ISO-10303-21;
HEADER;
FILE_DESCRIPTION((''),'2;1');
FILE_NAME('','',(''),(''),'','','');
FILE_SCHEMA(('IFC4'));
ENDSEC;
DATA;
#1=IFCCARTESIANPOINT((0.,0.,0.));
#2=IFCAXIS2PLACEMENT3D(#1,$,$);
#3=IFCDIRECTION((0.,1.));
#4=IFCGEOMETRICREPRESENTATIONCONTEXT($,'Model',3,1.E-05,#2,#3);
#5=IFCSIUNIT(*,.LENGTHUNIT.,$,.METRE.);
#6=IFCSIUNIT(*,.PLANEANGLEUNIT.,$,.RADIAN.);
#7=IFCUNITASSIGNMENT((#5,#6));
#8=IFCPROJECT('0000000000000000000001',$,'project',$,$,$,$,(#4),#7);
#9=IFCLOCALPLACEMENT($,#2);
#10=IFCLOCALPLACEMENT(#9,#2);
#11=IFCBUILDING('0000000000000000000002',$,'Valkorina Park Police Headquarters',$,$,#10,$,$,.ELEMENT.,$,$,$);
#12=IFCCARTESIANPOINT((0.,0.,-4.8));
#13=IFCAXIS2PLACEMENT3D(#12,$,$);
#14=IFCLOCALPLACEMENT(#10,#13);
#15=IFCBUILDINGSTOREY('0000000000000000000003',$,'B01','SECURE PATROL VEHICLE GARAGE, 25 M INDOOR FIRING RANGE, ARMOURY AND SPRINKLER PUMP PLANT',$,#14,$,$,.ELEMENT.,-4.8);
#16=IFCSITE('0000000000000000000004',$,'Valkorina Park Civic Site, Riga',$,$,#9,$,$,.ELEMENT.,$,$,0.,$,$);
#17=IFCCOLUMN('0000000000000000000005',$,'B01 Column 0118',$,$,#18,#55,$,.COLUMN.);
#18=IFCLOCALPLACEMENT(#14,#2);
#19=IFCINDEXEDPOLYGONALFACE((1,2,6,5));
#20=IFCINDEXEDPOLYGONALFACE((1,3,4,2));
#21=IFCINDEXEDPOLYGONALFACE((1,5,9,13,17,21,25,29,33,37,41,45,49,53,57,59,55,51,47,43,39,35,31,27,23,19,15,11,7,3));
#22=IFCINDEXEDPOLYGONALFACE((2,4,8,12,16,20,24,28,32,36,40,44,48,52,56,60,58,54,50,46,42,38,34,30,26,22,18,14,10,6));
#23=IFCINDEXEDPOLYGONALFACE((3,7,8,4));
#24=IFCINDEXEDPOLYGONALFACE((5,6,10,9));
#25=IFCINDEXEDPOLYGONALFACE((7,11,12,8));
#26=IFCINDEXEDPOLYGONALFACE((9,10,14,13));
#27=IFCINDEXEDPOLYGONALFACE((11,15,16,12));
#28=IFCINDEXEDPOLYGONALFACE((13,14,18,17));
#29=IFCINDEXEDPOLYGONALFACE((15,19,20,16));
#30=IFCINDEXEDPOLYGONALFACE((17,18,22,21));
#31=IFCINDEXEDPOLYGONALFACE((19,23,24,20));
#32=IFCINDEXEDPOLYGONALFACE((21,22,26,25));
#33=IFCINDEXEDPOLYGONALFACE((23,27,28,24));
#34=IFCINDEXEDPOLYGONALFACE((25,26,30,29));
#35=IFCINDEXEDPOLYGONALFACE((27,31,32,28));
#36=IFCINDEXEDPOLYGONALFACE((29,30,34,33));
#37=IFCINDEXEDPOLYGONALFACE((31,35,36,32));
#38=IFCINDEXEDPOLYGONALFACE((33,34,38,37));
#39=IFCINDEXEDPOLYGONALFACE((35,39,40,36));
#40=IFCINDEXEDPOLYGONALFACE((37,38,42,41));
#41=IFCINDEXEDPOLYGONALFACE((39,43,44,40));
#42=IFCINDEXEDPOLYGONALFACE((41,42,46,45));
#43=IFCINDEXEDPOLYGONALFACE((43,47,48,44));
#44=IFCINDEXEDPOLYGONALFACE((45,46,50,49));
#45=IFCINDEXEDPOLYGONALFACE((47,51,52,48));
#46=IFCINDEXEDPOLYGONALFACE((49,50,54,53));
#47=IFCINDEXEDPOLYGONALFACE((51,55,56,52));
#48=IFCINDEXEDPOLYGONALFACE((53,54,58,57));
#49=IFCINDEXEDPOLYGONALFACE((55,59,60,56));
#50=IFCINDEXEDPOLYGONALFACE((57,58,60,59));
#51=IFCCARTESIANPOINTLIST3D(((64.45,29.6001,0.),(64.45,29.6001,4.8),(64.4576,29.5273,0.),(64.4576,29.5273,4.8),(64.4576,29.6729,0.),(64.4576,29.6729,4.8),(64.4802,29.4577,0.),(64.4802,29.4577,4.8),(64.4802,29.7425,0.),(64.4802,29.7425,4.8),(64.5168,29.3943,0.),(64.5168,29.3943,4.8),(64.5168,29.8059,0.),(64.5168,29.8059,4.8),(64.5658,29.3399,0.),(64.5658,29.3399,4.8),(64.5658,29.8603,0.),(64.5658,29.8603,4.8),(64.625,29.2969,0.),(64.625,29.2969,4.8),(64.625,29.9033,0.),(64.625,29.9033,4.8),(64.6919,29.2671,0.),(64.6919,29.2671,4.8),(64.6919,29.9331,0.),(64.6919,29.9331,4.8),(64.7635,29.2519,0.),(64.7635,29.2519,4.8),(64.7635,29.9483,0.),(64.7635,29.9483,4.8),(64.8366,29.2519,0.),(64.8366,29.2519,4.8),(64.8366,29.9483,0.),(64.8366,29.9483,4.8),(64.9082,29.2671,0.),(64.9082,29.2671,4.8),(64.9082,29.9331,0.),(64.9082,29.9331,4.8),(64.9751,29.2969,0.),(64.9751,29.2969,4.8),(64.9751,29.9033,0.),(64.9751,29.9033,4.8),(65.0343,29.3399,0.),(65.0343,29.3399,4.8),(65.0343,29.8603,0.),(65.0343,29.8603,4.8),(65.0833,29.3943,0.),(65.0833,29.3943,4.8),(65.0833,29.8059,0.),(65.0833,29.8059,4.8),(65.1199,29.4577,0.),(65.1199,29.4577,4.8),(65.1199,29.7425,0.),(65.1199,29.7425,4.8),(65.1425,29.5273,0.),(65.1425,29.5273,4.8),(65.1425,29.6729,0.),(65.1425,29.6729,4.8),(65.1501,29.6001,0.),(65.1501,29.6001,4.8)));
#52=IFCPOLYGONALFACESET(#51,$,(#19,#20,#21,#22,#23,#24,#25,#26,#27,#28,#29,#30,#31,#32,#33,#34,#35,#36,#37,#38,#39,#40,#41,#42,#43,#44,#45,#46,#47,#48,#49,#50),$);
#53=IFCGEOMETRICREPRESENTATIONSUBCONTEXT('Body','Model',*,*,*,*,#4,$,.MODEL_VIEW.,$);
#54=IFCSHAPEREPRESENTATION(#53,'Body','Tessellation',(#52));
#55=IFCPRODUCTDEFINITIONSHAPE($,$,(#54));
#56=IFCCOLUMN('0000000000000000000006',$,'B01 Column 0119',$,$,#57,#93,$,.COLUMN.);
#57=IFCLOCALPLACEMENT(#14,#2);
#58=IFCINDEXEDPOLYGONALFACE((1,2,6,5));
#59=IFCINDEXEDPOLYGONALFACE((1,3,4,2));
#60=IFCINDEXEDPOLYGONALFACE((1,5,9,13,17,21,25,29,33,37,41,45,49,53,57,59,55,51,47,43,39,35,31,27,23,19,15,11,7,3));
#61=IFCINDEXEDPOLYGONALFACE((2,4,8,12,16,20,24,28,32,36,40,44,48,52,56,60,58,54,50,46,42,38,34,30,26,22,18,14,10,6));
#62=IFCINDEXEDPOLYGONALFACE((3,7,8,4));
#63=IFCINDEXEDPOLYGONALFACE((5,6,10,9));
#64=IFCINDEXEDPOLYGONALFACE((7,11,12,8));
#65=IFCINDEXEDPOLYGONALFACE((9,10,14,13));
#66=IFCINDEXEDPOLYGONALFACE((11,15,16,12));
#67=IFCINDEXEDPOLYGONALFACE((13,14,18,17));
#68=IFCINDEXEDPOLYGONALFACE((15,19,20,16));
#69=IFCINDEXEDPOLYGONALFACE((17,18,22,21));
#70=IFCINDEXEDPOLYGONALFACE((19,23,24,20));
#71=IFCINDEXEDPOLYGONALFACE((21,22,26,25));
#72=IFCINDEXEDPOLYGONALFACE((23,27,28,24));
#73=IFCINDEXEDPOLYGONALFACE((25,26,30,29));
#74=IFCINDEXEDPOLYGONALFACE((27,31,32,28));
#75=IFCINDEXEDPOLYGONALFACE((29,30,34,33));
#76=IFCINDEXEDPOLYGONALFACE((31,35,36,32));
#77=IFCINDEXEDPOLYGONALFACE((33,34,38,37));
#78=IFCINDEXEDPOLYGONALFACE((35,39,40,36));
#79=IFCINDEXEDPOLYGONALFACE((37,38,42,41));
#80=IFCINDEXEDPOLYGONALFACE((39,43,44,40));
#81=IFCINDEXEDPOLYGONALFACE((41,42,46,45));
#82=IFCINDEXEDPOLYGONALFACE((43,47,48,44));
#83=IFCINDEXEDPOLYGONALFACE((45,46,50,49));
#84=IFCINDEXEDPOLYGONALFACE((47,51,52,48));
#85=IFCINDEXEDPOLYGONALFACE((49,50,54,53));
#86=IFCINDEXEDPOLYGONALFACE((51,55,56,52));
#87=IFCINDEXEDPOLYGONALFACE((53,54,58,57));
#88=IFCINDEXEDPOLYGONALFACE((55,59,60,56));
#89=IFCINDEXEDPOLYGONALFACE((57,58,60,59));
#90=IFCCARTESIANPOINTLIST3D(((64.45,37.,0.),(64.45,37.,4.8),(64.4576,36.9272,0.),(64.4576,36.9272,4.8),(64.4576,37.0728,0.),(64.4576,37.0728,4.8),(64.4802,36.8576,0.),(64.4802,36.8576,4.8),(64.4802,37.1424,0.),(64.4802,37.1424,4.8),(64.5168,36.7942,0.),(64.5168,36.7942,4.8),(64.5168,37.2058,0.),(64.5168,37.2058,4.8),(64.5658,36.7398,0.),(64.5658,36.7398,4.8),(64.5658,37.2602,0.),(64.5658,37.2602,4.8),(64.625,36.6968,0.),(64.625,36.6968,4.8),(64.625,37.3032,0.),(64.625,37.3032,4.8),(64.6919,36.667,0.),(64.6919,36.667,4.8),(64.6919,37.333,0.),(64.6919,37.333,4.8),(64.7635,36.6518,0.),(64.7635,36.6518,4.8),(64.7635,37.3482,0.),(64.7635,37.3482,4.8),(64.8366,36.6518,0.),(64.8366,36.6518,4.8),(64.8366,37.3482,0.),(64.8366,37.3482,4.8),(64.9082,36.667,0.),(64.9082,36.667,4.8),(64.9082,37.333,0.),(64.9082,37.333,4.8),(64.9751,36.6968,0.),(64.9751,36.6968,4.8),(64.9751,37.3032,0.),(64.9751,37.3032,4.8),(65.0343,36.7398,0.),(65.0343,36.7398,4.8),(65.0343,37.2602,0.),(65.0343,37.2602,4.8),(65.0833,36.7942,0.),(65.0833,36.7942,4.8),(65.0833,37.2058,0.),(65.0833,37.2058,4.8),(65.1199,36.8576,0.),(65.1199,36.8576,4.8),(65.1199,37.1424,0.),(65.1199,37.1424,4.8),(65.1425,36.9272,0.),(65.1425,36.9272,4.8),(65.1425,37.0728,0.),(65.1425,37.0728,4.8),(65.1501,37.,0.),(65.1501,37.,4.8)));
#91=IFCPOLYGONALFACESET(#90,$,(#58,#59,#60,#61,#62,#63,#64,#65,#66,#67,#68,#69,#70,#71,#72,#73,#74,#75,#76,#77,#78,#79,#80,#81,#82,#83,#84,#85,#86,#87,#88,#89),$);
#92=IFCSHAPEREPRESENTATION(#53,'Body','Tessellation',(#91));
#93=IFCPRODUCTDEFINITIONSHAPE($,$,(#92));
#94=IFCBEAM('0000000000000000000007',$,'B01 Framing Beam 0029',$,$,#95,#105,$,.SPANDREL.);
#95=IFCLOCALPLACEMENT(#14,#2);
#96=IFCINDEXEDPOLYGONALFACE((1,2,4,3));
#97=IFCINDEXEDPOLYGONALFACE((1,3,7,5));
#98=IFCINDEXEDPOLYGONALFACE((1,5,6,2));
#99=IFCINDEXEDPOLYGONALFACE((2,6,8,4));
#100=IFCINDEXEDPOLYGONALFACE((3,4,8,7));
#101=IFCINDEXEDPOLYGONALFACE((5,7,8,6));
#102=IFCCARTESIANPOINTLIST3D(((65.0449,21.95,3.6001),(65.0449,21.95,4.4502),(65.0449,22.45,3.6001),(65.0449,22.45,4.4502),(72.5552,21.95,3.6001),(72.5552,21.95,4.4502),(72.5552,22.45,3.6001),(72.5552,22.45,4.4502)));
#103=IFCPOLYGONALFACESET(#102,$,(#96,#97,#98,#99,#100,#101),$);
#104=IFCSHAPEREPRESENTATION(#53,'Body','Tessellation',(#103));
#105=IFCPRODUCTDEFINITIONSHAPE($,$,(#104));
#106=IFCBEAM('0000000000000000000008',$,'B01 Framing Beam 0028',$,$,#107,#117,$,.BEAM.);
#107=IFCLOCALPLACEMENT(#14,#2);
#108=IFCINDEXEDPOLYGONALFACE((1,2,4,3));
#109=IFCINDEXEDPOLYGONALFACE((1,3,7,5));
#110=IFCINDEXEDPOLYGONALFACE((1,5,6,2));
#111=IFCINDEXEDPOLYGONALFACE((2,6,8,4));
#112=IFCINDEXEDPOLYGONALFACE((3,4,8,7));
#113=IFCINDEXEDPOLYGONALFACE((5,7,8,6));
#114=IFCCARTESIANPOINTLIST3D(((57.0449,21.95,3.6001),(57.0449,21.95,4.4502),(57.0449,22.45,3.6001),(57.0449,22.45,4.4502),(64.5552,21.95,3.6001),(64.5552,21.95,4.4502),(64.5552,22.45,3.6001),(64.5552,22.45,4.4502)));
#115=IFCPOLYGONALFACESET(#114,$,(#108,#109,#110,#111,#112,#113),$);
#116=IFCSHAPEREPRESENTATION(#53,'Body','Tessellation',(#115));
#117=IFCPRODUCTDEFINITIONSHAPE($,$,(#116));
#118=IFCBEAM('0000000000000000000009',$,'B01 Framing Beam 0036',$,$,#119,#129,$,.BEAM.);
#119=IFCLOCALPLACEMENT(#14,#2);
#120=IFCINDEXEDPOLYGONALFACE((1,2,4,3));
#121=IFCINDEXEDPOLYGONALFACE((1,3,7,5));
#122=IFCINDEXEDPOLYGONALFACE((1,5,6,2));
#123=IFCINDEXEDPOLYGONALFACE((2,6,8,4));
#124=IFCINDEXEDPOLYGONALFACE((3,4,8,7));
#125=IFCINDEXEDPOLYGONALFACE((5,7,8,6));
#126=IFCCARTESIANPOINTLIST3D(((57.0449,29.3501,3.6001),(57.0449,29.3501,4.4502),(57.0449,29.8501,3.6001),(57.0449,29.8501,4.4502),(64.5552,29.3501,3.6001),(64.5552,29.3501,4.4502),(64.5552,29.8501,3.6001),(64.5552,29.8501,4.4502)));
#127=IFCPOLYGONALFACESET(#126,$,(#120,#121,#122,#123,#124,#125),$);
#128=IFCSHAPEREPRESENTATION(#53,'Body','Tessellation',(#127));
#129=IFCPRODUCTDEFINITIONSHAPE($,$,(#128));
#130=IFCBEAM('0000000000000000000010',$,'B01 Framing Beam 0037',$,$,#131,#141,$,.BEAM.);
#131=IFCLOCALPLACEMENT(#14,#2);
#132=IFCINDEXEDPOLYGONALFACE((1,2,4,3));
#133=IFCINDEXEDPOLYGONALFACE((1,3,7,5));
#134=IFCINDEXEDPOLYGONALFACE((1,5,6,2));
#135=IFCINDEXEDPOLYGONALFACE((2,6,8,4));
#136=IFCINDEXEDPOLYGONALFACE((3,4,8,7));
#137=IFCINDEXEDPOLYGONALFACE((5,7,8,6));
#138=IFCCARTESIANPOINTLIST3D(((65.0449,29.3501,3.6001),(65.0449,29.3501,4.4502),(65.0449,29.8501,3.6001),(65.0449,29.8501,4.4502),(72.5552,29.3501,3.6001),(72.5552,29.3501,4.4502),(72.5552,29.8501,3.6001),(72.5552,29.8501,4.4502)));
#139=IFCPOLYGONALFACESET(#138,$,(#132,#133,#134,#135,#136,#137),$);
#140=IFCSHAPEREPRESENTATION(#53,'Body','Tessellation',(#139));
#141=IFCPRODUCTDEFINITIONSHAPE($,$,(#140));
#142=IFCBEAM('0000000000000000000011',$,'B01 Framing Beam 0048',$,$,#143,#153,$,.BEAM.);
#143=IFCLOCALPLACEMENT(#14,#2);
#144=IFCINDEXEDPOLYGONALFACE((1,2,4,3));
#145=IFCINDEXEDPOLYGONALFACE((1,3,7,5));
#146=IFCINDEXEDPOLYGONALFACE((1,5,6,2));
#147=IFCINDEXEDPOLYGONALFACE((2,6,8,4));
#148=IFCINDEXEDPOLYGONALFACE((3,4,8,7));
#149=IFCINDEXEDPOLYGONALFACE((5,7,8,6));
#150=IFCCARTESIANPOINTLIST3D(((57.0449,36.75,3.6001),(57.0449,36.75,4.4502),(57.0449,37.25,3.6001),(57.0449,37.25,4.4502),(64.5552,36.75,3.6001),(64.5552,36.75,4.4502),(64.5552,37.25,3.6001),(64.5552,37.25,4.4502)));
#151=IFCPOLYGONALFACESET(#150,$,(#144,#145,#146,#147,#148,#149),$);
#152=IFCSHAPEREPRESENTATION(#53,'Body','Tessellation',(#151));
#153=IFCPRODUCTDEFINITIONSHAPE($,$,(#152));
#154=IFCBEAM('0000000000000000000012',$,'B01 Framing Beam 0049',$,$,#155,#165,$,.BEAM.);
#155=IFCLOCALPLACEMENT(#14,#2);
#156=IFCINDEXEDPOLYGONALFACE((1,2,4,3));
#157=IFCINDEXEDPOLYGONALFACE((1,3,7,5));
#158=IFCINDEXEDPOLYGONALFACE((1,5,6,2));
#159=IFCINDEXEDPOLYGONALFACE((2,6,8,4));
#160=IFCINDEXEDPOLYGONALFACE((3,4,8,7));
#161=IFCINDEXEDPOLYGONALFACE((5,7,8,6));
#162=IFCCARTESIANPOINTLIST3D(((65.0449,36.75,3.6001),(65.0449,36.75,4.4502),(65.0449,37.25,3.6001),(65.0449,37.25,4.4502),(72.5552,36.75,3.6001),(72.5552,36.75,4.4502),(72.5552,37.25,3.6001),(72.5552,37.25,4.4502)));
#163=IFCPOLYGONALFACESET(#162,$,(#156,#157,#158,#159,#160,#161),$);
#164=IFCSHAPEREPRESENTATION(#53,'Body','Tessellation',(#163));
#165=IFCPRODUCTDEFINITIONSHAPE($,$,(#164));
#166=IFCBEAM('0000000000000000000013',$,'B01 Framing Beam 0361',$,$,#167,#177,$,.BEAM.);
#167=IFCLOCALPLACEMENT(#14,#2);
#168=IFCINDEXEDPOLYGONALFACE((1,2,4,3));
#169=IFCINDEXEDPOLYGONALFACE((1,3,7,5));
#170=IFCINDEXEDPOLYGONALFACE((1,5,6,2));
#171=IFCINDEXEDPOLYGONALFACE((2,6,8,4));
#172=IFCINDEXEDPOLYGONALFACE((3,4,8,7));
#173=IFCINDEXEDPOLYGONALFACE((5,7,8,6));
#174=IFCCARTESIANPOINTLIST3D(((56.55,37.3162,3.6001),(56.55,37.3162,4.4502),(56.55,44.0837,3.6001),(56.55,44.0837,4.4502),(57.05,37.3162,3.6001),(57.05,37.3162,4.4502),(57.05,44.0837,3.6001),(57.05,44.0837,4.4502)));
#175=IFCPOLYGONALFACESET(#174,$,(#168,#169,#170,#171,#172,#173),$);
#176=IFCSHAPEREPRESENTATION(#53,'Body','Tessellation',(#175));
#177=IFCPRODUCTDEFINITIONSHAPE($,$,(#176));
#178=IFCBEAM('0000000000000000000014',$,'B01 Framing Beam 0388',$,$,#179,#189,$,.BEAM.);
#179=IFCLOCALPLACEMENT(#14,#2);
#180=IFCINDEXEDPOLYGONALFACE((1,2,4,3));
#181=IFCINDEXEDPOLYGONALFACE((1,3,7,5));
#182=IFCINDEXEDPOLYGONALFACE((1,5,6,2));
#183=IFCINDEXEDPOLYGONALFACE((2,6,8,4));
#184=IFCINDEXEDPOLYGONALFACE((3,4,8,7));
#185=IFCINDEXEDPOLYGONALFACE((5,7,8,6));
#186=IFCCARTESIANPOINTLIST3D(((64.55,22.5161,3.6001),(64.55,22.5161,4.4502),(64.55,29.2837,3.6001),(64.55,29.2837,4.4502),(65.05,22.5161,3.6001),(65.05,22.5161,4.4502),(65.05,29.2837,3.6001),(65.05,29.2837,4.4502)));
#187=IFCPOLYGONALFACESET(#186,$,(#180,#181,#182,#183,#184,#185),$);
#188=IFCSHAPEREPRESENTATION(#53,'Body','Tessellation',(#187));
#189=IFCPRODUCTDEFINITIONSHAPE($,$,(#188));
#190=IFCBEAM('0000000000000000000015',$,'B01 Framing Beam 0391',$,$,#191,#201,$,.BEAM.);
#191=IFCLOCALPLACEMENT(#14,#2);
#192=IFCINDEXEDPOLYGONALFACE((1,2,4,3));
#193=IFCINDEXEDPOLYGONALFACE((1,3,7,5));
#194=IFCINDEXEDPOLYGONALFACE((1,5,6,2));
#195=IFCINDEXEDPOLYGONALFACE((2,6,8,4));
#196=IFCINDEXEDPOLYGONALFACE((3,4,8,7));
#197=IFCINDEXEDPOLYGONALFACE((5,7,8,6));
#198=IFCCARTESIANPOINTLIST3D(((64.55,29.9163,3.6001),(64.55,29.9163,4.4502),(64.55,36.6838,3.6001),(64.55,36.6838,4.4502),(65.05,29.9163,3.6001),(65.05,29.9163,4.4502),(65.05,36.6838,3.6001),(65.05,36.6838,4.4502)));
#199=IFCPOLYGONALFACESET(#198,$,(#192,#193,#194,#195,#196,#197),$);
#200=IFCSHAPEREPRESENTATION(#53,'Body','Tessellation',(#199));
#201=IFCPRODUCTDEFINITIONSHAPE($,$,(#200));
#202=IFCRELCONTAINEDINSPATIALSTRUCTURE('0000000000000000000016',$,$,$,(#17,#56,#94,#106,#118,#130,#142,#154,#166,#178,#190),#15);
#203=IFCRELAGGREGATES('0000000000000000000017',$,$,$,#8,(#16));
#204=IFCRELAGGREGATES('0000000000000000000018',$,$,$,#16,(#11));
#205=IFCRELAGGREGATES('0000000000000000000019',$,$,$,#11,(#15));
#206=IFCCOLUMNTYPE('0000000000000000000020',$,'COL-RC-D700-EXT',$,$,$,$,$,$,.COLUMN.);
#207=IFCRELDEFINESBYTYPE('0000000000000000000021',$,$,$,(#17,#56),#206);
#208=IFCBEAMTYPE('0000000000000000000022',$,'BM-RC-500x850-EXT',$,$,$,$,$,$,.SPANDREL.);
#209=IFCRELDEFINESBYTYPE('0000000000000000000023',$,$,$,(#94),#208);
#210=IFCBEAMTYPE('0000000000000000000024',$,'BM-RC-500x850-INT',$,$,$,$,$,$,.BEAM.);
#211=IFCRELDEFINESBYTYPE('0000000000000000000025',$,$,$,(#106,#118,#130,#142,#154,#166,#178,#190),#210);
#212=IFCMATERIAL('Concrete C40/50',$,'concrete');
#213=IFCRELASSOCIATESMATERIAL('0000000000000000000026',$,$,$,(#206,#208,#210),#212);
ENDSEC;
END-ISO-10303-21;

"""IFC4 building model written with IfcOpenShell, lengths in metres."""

from ifc_helpers import new_model, si_unit, direction, frame, origin, origin_2d, place, context, subcontext, project, spatial, rectangle, circle, extrude, material, material_profile, profile_set, type_object, element, save


model = new_model("IFC4")

# Units and contexts
model_context = context("Model", 3, precision=1e-05, world=origin(), true_north=direction((0.0, 1.0)))
body_context = subcontext(model_context, "Body", "Model", "MODEL_VIEW")
ifc_project = project(units=[si_unit("LENGTHUNIT", "METRE"), si_unit("PLANEANGLEUNIT", "RADIAN")], contexts=[model_context])

# Site, building, storey
site_placement = place(None, origin())
site = spatial("IfcSite", under=ifc_project, at=site_placement, Name="Valkorina Park Civic Site, Riga", CompositionType="ELEMENT", RefElevation=0.0)
building_placement = place(site_placement, origin())
building = spatial("IfcBuilding", under=site, at=building_placement, Name="Valkorina Park Police Headquarters", CompositionType="ELEMENT")
storey_placement = place(building_placement, frame((0.0, 0.0, -4.8)))
storey = spatial("IfcBuildingStorey", under=building, at=storey_placement, Name="B01", Description="SECURE PATROL VEHICLE GARAGE, 25 M INDOOR FIRING RANGE, ARMOURY AND SPRINKLER PUMP PLANT", CompositionType="ELEMENT", Elevation=-4.8)

# Shared definitions
ifc_material_1 = material(Name="Concrete C40/50", Category="concrete")

# Columns
ifc_material_profile_1 = material_profile(ifc_material_1, circle(Radius=0.3501, at=origin_2d()), Name="RC COL D700")
ifc_profile_set_1 = profile_set([ifc_material_profile_1], Name="Concrete C40/50")
column_type = type_object("IfcColumnType", Name="COL-RC-D700-EXT", PredefinedType="COLUMN", material=ifc_profile_set_1)
for number, where, z_axis, x_axis, name in (
    (1, (64.8, 29.6001, 0.0), (0.0, 0.0, 1.0), (1.0, 0.0, 0.0), "B01 Column 0118"),
    (2, (64.8, 37.0, 0.0), (0.0, 0.0, 1.0), (1.0, 0.0, 0.0), "B01 Column 0119"),
):
    element("IfcColumn", number, at=place(storey_placement, frame(where, z_axis=z_axis, x_axis=x_axis)), inside=storey, type_object=column_type, Name=name, PredefinedType="COLUMN", context=body_context, shape_type="SweptSolid", body=[
        extrude(circle(Radius=0.3501, at=origin_2d()), origin(), (0.0, 0.0, 1.0), 4.8),
    ])

# Beams
ifc_material_profile_2 = material_profile(ifc_material_1, rectangle(XDim=0.5, YDim=0.8501, at=origin_2d()), Name="RC BEAM 500x850")
ifc_profile_set_2 = profile_set([ifc_material_profile_2], Name="Concrete C40/50")
beam_type_1 = type_object("IfcBeamType", Name="BM-RC-500x850-EXT", PredefinedType="SPANDREL", material=ifc_profile_set_2)
beam_1_placement = place(storey_placement, frame((65.0449, 22.2, 4.0251), z_axis=(1.0, 0.0, 0.0), x_axis=(0.0, 1.0, 0.0)))
element("IfcBeam", 3, at=beam_1_placement, inside=storey, type_object=beam_type_1, Name="B01 Framing Beam 0029", PredefinedType="SPANDREL", context=body_context, shape_type="SweptSolid", body=[
    extrude(rectangle(XDim=0.5, YDim=0.8501, at=origin_2d()), origin(), (0.0, 0.0, 1.0), 7.5103),
])
ifc_material_profile_3 = material_profile(ifc_material_1, rectangle(XDim=0.5, YDim=0.8501, at=origin_2d()), Name="RC BEAM 500x850")
ifc_profile_set_3 = profile_set([ifc_material_profile_3], Name="Concrete C40/50")
beam_type_2 = type_object("IfcBeamType", Name="BM-RC-500x850-INT", PredefinedType="BEAM", material=ifc_profile_set_3)
for number, where, z_axis, x_axis, name in (
    (4, (57.0449, 22.2, 4.0251), (1.0, 0.0, 0.0), (0.0, 1.0, 0.0), "B01 Framing Beam 0028"),
    (5, (57.0449, 29.6001, 4.0251), (1.0, 0.0, 0.0), (0.0, 1.0, 0.0), "B01 Framing Beam 0036"),
    (6, (65.0449, 29.6001, 4.0251), (1.0, 0.0, 0.0), (0.0, 1.0, 0.0), "B01 Framing Beam 0037"),
    (7, (57.0449, 37.0, 4.0251), (1.0, 0.0, 0.0), (0.0, 1.0, 0.0), "B01 Framing Beam 0048"),
    (8, (65.0449, 37.0, 4.0251), (1.0, 0.0, 0.0), (0.0, 1.0, 0.0), "B01 Framing Beam 0049"),
):
    element("IfcBeam", number, at=place(storey_placement, frame(where, z_axis=z_axis, x_axis=x_axis)), inside=storey, type_object=beam_type_2, Name=name, PredefinedType="BEAM", context=body_context, shape_type="SweptSolid", body=[
        extrude(rectangle(XDim=0.5, YDim=0.8501, at=origin_2d()), origin(), (0.0, 0.0, 1.0), 7.5103),
    ])
for number, where, z_axis, x_axis, name in (
    (9, (56.8, 37.3162, 4.0251), (0.0, 1.0, 0.0), (-1.0, 0.0, 0.0), "B01 Framing Beam 0361"),
    (10, (64.8, 22.5161, 4.0251), (0.0, 1.0, 0.0), (-1.0, 0.0, 0.0), "B01 Framing Beam 0388"),
    (11, (64.8, 29.9163, 4.0251), (0.0, 1.0, 0.0), (-1.0, 0.0, 0.0), "B01 Framing Beam 0391"),
):
    element("IfcBeam", number, at=place(storey_placement, frame(where, z_axis=z_axis, x_axis=x_axis)), inside=storey, type_object=beam_type_2, Name=name, PredefinedType="BEAM", context=body_context, shape_type="SweptSolid", body=[
        extrude(rectangle(XDim=0.5, YDim=0.8501, at=origin_2d()), origin(), (0.0, 0.0, 1.0), 6.7676),
    ])

save(model, "model.ifc")
